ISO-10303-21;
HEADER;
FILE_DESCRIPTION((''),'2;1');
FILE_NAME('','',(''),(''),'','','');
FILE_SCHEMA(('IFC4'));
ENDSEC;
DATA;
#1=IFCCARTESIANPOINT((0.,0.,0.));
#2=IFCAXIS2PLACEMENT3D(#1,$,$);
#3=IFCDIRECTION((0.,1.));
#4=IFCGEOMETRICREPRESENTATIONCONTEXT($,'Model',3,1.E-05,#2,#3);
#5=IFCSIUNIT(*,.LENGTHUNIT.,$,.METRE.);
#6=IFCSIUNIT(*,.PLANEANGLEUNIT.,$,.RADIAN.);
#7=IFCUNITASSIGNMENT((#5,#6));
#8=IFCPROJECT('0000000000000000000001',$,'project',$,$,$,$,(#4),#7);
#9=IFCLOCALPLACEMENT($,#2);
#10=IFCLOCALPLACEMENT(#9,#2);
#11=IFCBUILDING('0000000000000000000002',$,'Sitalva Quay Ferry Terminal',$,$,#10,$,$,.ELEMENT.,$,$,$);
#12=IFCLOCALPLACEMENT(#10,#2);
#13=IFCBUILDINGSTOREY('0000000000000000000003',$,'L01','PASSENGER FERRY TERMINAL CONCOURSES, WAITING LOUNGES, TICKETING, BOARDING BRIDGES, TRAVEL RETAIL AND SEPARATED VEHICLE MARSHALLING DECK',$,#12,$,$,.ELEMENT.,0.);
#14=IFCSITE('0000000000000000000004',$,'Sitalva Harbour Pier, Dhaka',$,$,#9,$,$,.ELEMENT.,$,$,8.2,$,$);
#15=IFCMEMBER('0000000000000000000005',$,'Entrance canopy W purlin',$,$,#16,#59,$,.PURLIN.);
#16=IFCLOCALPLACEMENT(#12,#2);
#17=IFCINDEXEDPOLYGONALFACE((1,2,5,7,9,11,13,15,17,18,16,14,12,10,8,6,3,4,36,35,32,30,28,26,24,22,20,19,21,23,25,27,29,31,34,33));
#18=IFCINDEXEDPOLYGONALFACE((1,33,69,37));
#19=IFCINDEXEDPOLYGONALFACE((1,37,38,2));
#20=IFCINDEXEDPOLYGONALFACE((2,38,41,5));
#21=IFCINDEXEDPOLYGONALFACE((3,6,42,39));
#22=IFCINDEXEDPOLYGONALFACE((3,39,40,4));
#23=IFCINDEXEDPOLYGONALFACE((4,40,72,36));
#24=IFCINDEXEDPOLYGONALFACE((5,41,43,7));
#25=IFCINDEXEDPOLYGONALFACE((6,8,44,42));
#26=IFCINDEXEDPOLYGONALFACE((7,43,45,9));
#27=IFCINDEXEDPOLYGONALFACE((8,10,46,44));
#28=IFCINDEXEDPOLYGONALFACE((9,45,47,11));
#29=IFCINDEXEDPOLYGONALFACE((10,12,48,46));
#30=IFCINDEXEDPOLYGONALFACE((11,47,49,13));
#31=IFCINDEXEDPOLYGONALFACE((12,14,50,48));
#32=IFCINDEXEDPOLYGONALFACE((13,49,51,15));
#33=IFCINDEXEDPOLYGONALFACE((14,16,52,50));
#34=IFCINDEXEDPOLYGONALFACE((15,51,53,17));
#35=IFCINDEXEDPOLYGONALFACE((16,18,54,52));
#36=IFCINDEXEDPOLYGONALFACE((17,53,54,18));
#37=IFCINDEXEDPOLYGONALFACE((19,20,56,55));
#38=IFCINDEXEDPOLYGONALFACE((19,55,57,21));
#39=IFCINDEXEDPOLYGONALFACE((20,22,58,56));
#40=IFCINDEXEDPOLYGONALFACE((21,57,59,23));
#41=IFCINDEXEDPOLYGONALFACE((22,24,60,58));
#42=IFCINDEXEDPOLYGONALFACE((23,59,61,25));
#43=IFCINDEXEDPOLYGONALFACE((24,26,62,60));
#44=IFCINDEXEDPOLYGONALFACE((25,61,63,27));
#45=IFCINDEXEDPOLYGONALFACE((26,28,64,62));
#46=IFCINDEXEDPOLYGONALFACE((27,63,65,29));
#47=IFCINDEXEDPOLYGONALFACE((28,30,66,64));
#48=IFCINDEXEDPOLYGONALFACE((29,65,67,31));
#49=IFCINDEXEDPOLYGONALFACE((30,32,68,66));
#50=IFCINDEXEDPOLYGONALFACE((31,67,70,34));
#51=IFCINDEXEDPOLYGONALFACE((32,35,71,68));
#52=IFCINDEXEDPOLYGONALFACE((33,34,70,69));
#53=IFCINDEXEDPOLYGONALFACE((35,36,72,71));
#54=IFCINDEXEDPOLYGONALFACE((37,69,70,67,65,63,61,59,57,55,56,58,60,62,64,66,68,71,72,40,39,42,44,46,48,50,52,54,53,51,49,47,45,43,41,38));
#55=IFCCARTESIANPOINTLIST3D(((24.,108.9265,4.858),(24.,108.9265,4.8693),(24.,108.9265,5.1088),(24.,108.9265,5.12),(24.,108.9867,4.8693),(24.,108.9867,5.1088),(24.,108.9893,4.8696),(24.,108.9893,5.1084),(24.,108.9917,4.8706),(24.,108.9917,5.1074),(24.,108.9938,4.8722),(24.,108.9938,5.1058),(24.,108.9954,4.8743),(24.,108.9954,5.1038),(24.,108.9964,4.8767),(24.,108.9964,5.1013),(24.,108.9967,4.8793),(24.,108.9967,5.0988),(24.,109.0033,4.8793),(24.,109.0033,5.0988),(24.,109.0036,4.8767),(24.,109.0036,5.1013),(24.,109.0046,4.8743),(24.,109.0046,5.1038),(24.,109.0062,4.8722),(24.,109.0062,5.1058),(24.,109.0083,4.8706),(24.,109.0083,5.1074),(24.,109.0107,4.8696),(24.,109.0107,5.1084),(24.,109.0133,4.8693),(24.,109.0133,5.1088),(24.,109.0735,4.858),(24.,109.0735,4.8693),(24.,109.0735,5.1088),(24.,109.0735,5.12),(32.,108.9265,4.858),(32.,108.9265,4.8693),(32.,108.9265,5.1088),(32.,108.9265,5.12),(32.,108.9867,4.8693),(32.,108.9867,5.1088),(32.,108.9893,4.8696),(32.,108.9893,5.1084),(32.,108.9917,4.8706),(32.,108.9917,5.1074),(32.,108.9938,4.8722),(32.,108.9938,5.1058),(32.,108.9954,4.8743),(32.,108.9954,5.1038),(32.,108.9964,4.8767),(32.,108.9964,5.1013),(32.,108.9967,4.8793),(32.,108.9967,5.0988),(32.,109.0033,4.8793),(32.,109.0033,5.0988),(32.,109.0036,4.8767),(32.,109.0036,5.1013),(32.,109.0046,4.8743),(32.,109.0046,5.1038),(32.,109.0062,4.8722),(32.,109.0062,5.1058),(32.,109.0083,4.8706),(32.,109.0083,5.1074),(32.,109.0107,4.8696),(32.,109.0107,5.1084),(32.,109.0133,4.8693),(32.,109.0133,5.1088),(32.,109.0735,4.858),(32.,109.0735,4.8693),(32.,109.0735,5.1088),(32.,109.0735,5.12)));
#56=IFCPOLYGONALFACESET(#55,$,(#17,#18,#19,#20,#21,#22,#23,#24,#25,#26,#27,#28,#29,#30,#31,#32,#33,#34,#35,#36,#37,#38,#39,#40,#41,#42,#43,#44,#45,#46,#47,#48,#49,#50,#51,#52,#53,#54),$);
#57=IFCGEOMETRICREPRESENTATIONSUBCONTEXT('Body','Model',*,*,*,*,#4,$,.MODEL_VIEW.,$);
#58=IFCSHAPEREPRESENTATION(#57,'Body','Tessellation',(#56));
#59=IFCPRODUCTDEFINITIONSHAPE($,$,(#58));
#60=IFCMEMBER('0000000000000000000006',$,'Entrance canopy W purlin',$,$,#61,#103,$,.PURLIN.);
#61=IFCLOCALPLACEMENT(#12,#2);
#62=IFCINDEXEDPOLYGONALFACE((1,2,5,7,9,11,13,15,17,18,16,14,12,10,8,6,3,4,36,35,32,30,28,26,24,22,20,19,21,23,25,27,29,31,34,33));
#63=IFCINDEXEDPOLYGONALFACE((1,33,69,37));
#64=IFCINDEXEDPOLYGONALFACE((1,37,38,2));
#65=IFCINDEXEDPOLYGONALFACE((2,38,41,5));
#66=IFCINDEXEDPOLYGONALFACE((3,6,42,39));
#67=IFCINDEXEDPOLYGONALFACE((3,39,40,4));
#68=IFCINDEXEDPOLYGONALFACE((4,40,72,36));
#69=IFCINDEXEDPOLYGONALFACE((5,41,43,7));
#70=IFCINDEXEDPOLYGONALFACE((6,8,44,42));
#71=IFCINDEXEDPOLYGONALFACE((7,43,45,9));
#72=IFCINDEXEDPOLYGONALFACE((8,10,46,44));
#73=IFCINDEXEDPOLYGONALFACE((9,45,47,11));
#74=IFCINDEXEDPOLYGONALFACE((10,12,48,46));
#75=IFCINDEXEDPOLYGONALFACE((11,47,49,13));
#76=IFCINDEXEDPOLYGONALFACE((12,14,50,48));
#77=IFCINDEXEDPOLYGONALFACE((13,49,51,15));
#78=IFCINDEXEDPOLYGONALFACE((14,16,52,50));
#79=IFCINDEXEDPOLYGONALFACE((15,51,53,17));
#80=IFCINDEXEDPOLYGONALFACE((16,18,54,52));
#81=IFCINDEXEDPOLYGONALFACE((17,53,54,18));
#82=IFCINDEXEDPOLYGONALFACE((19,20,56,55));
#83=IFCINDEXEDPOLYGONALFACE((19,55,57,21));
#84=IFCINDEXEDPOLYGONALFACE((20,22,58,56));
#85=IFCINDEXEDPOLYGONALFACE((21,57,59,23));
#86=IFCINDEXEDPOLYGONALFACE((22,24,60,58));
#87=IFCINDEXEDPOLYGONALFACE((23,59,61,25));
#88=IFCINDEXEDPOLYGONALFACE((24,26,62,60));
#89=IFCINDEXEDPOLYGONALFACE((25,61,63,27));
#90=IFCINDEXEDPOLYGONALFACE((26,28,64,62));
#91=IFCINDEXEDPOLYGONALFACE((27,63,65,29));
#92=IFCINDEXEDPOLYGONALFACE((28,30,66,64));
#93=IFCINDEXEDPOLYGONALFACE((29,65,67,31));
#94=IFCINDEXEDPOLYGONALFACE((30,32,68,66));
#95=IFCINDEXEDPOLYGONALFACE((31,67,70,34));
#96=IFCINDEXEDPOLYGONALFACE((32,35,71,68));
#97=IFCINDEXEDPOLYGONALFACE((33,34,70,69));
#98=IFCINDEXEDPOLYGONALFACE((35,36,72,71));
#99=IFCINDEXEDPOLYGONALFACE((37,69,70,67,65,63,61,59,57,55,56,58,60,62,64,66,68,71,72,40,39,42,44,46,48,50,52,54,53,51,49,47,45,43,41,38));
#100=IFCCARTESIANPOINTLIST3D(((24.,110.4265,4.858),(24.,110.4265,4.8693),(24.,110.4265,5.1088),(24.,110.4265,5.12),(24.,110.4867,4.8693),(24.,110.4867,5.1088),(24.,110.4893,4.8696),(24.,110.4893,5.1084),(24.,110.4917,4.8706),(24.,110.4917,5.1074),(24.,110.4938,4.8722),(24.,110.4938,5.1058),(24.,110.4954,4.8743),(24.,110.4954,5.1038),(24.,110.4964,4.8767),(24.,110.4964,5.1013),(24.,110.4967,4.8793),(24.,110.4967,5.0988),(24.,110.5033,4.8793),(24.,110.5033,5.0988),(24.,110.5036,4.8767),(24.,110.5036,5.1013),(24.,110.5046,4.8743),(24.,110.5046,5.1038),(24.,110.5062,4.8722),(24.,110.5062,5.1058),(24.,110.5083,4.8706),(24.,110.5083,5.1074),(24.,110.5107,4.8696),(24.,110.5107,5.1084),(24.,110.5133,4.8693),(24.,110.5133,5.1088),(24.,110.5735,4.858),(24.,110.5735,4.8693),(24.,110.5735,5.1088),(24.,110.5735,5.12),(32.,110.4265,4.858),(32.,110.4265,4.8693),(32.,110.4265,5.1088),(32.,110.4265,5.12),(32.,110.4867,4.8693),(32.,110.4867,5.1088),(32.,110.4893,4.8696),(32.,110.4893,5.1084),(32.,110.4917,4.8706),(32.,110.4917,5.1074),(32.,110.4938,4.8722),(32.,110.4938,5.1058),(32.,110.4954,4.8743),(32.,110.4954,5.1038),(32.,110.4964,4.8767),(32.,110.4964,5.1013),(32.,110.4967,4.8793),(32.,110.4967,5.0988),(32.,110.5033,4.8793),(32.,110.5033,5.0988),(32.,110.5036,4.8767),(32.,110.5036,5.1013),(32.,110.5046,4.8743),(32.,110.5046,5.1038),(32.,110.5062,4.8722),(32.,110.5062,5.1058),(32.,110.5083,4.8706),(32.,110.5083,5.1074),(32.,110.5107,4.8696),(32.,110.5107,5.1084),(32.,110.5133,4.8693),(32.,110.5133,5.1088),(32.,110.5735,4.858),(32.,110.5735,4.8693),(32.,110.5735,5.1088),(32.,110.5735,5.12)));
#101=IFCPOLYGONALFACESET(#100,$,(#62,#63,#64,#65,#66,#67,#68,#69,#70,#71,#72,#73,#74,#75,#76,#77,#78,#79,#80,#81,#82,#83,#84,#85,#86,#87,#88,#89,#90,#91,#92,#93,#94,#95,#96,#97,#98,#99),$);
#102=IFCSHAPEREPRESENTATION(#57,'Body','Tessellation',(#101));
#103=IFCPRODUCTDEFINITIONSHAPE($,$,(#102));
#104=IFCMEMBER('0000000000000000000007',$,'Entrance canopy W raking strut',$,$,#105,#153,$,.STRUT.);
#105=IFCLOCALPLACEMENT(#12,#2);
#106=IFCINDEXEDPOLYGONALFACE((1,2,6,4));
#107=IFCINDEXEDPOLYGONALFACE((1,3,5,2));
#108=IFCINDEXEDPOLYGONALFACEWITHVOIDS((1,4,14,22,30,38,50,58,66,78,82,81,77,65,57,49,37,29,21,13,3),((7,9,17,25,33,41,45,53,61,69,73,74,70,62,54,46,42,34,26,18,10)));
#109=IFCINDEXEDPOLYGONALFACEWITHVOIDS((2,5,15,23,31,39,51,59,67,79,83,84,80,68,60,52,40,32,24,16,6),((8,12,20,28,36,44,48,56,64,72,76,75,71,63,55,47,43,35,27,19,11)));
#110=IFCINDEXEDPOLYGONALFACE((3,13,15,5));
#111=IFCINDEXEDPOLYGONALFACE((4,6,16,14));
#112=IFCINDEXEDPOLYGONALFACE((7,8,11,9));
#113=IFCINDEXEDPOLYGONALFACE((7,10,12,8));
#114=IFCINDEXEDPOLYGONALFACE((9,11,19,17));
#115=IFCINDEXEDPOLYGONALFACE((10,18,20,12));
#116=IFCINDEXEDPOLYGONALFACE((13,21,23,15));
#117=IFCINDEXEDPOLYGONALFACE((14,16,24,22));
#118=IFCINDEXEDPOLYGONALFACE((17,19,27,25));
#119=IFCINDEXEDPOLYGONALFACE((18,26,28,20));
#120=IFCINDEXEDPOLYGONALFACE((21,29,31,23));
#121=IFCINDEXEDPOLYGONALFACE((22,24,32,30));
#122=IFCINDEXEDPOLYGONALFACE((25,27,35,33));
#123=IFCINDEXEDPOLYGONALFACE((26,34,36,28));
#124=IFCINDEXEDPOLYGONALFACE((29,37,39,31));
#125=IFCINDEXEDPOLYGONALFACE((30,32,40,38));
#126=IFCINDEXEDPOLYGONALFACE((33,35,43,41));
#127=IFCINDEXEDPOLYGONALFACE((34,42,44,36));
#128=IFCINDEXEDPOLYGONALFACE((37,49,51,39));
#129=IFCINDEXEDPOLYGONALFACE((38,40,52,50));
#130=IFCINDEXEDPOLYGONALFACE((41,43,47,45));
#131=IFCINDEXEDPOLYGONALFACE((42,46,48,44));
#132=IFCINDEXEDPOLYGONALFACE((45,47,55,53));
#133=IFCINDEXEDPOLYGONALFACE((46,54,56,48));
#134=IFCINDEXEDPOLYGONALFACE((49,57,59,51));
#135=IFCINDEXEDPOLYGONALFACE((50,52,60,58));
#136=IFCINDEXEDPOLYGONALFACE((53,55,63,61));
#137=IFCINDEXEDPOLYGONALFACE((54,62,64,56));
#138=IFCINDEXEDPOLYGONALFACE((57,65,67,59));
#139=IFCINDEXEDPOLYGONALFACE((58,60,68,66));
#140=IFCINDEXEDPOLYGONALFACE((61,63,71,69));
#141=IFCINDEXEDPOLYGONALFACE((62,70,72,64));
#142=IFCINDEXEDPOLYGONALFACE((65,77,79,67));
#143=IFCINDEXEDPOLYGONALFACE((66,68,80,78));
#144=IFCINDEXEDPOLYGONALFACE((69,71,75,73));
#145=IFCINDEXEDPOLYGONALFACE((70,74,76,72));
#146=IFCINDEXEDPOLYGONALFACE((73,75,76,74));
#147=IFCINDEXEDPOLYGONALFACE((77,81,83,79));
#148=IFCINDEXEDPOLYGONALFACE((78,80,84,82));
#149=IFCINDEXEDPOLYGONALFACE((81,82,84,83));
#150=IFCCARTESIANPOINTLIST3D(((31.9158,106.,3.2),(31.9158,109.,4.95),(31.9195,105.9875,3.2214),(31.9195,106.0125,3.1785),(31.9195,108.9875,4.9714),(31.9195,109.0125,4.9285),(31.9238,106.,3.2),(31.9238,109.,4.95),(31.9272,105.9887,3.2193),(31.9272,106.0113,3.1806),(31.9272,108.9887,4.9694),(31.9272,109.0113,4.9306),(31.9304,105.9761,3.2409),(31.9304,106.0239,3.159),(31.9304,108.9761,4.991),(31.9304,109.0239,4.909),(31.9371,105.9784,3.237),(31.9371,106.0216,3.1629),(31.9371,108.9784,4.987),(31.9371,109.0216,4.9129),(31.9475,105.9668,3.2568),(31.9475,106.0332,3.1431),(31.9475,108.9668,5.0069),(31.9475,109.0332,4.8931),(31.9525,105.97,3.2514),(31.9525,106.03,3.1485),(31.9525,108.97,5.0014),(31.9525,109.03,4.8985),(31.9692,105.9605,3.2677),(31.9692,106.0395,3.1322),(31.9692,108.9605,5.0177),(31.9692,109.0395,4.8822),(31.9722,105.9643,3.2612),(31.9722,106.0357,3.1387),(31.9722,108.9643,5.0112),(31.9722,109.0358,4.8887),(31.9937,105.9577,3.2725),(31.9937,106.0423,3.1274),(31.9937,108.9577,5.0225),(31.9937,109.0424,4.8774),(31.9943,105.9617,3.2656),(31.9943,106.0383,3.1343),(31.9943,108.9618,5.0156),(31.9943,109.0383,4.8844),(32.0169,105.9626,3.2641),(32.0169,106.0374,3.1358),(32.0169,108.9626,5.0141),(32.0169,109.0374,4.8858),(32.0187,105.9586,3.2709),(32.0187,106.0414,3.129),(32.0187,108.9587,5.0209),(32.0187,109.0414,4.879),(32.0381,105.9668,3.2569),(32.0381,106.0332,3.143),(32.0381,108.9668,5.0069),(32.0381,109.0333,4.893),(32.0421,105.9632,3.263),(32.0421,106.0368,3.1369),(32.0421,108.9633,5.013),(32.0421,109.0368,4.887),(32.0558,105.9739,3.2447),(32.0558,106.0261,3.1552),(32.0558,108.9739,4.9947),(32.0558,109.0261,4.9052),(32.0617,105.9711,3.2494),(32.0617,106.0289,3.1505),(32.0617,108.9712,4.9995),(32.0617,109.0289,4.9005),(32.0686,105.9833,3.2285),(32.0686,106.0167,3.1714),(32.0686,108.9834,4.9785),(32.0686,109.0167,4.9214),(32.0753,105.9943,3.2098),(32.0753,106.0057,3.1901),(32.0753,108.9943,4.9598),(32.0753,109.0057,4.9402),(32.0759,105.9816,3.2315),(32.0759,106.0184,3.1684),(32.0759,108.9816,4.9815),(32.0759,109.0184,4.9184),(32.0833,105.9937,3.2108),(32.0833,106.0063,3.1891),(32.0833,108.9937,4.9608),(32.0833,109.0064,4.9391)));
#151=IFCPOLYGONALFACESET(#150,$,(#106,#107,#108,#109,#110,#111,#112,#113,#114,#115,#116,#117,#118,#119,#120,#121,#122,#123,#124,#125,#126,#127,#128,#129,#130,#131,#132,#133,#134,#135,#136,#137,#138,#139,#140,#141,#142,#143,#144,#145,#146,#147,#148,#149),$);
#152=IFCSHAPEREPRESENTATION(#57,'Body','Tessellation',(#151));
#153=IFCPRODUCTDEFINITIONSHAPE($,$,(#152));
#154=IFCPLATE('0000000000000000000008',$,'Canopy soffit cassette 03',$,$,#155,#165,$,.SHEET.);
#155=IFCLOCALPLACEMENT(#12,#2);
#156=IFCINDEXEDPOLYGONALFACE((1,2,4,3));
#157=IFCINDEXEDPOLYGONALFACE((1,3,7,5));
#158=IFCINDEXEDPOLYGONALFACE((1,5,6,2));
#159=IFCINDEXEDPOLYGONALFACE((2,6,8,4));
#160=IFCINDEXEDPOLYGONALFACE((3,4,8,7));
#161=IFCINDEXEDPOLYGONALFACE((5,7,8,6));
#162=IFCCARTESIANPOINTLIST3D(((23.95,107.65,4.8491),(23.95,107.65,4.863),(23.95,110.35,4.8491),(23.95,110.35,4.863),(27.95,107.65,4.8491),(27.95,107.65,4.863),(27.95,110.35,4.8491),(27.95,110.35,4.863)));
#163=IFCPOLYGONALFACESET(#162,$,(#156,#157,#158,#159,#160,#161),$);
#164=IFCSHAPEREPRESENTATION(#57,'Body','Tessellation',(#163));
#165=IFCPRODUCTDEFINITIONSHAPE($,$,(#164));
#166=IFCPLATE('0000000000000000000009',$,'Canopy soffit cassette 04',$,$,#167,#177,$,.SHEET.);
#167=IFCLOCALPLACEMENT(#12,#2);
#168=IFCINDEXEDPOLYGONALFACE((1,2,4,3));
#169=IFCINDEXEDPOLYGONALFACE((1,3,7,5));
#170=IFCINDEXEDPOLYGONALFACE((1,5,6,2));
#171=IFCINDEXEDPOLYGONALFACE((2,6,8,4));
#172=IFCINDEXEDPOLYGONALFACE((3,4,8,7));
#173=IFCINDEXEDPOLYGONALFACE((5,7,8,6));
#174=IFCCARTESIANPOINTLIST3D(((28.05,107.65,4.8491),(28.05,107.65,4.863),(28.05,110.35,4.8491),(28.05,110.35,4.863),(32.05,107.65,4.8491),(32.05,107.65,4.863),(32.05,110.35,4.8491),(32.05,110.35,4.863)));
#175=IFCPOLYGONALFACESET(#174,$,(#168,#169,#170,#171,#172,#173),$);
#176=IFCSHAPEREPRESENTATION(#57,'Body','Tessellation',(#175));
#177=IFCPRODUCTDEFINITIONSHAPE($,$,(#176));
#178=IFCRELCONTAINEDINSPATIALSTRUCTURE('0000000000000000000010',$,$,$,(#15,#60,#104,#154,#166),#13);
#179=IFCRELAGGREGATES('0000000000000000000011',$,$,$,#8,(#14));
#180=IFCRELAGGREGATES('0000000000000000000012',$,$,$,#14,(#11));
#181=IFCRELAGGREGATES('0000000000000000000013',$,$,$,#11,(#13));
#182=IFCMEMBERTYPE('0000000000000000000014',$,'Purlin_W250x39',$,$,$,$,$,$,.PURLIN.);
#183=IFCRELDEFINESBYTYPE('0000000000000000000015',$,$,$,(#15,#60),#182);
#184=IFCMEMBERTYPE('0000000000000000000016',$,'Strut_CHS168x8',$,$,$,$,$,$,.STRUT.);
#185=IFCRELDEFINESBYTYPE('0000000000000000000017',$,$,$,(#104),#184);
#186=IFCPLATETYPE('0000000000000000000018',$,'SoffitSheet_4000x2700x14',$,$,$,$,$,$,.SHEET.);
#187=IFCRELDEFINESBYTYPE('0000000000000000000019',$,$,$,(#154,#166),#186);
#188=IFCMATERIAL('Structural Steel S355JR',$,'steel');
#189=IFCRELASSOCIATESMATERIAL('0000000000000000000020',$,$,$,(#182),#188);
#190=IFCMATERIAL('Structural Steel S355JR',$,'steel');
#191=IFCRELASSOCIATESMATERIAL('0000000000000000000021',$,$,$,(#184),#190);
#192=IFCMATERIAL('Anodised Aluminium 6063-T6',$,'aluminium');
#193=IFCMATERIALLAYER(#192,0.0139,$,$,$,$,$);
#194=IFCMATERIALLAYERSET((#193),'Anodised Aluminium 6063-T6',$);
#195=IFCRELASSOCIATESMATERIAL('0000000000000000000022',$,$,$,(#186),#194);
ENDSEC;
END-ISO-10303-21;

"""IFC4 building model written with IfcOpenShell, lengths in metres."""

from ifc_helpers import new_model, si_unit, direction, frame, origin, origin_2d, place, context, subcontext, project, spatial, rectangle, hollow_circle, i_section, extrude, material, layer, layer_set, material_profile, profile_set, type_object, element, save


model = new_model("IFC4")

# Units and contexts
model_context = context("Model", 3, precision=1e-05, world=origin(), true_north=direction((0.0, 1.0)))
body_context = subcontext(model_context, "Body", "Model", "MODEL_VIEW")
ifc_project = project(units=[si_unit("LENGTHUNIT", "METRE"), si_unit("PLANEANGLEUNIT", "RADIAN")], contexts=[model_context])

# Site, building, storey
site_placement = place(None, origin())
site = spatial("IfcSite", under=ifc_project, at=site_placement, Name="Sitalva Harbour Pier, Dhaka", CompositionType="ELEMENT", RefElevation=8.2)
building_placement = place(site_placement, origin())
building = spatial("IfcBuilding", under=site, at=building_placement, Name="Sitalva Quay Ferry Terminal", CompositionType="ELEMENT")
storey_placement = place(building_placement, origin())
storey = spatial("IfcBuildingStorey", under=building, at=storey_placement, Name="L01", Description="PASSENGER FERRY TERMINAL CONCOURSES, WAITING LOUNGES, TICKETING, BOARDING BRIDGES, TRAVEL RETAIL AND SEPARATED VEHICLE MARSHALLING DECK", CompositionType="ELEMENT", Elevation=0.0)

# Members
ifc_material_1 = material(Name="Structural Steel S355JR", Category="steel")
ifc_material_profile_1 = material_profile(ifc_material_1, i_section(OverallWidth=0.147, OverallDepth=0.262, WebThickness=0.0066, FlangeThickness=0.0112, FilletRadius=0.01, at=origin_2d()), Name="W250x39")
ifc_profile_set_1 = profile_set([ifc_material_profile_1], Name="Structural Steel S355JR")
member_type_1 = type_object("IfcMemberType", Name="Purlin_W250x39", PredefinedType="PURLIN", material=ifc_profile_set_1)
for number, where, z_axis, x_axis, name in (
    (1, (24.0, 109.0, 4.989), (1.0, 0.0, 0.0), (0.0, 1.0, 0.0), "Entrance canopy W purlin"),
    (2, (24.0, 110.5, 4.989), (1.0, 0.0, 0.0), (0.0, 1.0, 0.0), "Entrance canopy W purlin"),
):
    element("IfcMember", number, at=place(storey_placement, frame(where, z_axis=z_axis, x_axis=x_axis)), inside=storey, type_object=member_type_1, Name=name, PredefinedType="PURLIN", context=body_context, shape_type="SweptSolid", body=[
        extrude(i_section(OverallWidth=0.147, OverallDepth=0.262, WebThickness=0.0066, FlangeThickness=0.0112, FilletRadius=0.01, at=origin_2d()), origin(), (0.0, 0.0, 1.0), 8.0),
    ])
ifc_material_2 = material(Name="Structural Steel S355JR", Category="steel")
ifc_material_profile_2 = material_profile(ifc_material_2, hollow_circle(Radius=0.0842, WallThickness=0.0081, at=origin_2d()), Name="CHS168x8")
ifc_profile_set_2 = profile_set([ifc_material_profile_2], Name="Structural Steel S355JR")
member_type_2 = type_object("IfcMemberType", Name="Strut_CHS168x8", PredefinedType="STRUT", material=ifc_profile_set_2)
member_placement = place(storey_placement, frame((32.0, 106.0, 3.2), z_axis=(0.0, 0.863779, 0.503871), x_axis=(-1.0, 0.0, 0.0)))
element("IfcMember", 3, at=member_placement, inside=storey, type_object=member_type_2, Name="Entrance canopy W raking strut", PredefinedType="STRUT", context=body_context, shape_type="SweptSolid", body=[
    extrude(hollow_circle(Radius=0.0842, WallThickness=0.0081, at=origin_2d()), origin(), (0.0, 0.0, 1.0), 3.4731),
])

# Plates
ifc_material_3 = material(Name="Anodised Aluminium 6063-T6", Category="aluminium")
ifc_layer = layer(ifc_material_3, 0.0139)
ifc_layer_set = layer_set([ifc_layer], Name="Anodised Aluminium 6063-T6")
plate_type = type_object("IfcPlateType", Name="SoffitSheet_4000x2700x14", PredefinedType="SHEET", material=ifc_layer_set)
for number, where, z_axis, x_axis, name in (
    (4, (25.95, 109.0, 4.8491), (0.0, 0.0, 1.0), (1.0, 0.0, 0.0), "Canopy soffit cassette 03"),
    (5, (30.05, 109.0, 4.8491), (0.0, 0.0, 1.0), (1.0, 0.0, 0.0), "Canopy soffit cassette 04"),
):
    element("IfcPlate", number, at=place(storey_placement, frame(where, z_axis=z_axis, x_axis=x_axis)), inside=storey, type_object=plate_type, Name=name, PredefinedType="SHEET", context=body_context, shape_type="SweptSolid", body=[
        extrude(rectangle(XDim=4.0, YDim=2.7, at=origin_2d()), origin(), (0.0, 0.0, 1.0), 0.0139),
    ])

save(model, "model.ifc")
